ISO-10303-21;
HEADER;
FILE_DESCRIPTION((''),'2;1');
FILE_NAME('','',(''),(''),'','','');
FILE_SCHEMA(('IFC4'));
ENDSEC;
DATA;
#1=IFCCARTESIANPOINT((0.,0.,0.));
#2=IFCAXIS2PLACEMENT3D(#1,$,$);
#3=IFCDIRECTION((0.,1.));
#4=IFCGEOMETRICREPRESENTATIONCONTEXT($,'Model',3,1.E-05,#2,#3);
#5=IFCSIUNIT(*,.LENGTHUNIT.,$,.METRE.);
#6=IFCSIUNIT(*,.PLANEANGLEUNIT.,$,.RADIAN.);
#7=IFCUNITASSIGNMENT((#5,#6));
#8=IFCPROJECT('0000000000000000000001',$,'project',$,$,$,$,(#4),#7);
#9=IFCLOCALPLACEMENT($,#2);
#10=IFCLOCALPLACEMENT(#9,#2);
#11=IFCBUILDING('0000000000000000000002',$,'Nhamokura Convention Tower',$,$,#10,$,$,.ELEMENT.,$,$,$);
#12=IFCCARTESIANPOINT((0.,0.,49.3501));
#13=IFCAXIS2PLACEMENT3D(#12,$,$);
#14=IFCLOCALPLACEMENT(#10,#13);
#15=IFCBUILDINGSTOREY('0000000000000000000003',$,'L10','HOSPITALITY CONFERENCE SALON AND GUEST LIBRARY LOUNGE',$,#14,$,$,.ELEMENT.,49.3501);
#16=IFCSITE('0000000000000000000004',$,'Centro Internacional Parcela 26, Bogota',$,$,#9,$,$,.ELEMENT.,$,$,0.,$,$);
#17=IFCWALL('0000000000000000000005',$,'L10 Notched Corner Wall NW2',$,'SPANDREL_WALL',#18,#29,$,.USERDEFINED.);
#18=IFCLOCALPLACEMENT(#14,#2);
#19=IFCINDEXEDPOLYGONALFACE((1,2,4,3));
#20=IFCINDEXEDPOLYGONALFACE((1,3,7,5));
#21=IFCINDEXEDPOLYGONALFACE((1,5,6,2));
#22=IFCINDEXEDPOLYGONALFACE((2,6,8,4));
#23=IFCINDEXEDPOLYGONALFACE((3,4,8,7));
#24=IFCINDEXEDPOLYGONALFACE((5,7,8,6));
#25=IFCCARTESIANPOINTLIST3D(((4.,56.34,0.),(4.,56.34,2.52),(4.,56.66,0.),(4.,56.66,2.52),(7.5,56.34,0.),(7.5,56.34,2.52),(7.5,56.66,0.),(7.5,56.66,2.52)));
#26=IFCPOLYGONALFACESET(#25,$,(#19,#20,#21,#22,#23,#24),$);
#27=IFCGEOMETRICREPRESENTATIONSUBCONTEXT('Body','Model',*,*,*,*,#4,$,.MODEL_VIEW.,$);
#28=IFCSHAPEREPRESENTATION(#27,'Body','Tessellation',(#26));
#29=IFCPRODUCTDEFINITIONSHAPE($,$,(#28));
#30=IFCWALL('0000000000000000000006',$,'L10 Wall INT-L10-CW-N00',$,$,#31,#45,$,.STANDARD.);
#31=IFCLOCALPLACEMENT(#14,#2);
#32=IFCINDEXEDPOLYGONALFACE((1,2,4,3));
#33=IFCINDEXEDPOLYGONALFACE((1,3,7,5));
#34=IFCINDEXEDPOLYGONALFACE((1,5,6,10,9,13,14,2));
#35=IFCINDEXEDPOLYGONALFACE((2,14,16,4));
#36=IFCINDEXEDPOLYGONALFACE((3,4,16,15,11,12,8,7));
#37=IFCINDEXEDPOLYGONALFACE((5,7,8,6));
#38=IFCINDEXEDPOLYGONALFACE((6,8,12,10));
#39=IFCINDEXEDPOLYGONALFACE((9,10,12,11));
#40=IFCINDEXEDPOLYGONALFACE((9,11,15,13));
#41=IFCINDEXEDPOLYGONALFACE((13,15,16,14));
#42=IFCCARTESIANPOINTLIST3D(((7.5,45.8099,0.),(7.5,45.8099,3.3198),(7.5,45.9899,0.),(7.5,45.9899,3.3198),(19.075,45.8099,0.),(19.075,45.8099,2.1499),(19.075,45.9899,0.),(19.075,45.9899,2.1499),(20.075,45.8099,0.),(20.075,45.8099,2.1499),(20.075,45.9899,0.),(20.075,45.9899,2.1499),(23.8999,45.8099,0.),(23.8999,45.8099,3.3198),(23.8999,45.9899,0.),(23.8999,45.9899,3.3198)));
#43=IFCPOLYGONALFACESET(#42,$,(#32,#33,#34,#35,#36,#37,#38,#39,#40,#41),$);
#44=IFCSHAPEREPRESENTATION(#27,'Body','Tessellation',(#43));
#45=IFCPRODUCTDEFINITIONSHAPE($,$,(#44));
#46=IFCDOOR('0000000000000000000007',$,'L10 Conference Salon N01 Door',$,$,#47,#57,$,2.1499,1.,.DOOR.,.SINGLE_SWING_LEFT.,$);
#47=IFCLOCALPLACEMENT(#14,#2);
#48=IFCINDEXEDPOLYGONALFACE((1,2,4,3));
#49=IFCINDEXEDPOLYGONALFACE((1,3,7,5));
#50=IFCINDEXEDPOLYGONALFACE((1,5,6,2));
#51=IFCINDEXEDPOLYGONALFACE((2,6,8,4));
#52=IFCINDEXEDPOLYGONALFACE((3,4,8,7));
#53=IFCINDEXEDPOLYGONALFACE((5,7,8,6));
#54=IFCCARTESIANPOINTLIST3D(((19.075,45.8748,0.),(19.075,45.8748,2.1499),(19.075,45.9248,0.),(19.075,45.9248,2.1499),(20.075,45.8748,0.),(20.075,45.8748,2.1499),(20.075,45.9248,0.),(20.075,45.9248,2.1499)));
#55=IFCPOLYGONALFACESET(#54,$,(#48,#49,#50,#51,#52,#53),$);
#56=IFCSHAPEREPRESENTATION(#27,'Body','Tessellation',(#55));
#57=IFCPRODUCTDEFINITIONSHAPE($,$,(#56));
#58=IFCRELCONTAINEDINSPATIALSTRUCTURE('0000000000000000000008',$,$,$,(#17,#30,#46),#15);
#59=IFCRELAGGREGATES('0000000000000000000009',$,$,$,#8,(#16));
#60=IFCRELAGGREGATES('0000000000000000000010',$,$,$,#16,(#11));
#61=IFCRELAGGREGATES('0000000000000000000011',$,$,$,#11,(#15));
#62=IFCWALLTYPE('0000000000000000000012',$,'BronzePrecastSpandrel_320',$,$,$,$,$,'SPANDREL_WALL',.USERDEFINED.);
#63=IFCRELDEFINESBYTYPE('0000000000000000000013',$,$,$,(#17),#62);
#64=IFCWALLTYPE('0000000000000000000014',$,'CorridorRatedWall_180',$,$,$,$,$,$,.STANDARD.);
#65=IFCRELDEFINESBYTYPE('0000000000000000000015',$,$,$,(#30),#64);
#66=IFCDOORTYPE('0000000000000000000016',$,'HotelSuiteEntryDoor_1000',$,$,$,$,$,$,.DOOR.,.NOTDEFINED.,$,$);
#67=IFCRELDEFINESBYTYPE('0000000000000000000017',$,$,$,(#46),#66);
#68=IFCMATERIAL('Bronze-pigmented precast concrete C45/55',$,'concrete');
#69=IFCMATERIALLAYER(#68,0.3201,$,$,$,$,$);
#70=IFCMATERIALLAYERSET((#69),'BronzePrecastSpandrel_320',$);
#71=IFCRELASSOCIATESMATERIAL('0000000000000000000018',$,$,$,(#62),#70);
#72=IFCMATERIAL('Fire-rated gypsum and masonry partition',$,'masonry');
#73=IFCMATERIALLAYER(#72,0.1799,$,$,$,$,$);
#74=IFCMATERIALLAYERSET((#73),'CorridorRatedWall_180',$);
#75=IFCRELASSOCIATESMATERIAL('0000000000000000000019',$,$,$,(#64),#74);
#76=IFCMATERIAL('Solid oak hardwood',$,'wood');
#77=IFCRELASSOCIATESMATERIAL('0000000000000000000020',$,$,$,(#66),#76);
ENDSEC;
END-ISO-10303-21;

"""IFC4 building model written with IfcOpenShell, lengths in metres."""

from ifc_helpers import new_model, si_unit, direction, frame, frame_2d, origin, place, context, subcontext, project, spatial, rectangle, extrude, material, layer, layer_set, type_object, element, fill, save


model = new_model("IFC4")

# Units and contexts
model_context = context("Model", 3, precision=1e-05, world=origin(), true_north=direction((0.0, 1.0)))
body_context = subcontext(model_context, "Body", "Model", "MODEL_VIEW")
ifc_project = project(units=[si_unit("LENGTHUNIT", "METRE"), si_unit("PLANEANGLEUNIT", "RADIAN")], contexts=[model_context])

# Site, building, storey
site_placement = place(None, origin())
site = spatial("IfcSite", under=ifc_project, at=site_placement, Name="Centro Internacional Parcela 26, Bogota", CompositionType="ELEMENT", RefElevation=0.0)
building_placement = place(site_placement, origin())
building = spatial("IfcBuilding", under=site, at=building_placement, Name="Nhamokura Convention Tower", CompositionType="ELEMENT")
storey_placement = place(building_placement, frame((0.0, 0.0, 49.3501)))
storey = spatial("IfcBuildingStorey", under=building, at=storey_placement, Name="L10", Description="HOSPITALITY CONFERENCE SALON AND GUEST LIBRARY LOUNGE", CompositionType="ELEMENT", Elevation=49.3501)

# Wall
ifc_material_1 = material(Name="Bronze-pigmented precast concrete C45/55", Category="concrete")
ifc_layer_1 = layer(ifc_material_1, 0.3201)
ifc_layer_set_1 = layer_set([ifc_layer_1], Name="BronzePrecastSpandrel_320")
wall_type_1 = type_object("IfcWallType", Name="BronzePrecastSpandrel_320", ElementType="SPANDREL_WALL", PredefinedType="USERDEFINED", material=ifc_layer_set_1)
for number, where, z_axis, x_axis, name in (
    (1, (4.0, 56.5, 0.0), (0.0, 0.0, 1.0), (1.0, 0.0, 0.0), "L10 Notched Corner Wall NW2"),
):
    element("IfcWall", number, at=place(storey_placement, frame(where, z_axis=z_axis, x_axis=x_axis)), inside=storey, type_object=wall_type_1, Name=name, ObjectType="SPANDREL_WALL", PredefinedType="USERDEFINED", context=body_context, shape_type="SweptSolid", body=[
        extrude(rectangle(XDim=3.5, YDim=0.3201, at=frame_2d((1.75, 0.0))), origin(), (0.0, 0.0, 1.0), 2.52),
    ])

# Wall, opening, door
ifc_material_2 = material(Name="Fire-rated gypsum and masonry partition", Category="masonry")
ifc_layer_2 = layer(ifc_material_2, 0.1799)
ifc_layer_set_2 = layer_set([ifc_layer_2], Name="CorridorRatedWall_180")
wall_type_2 = type_object("IfcWallType", Name="CorridorRatedWall_180", PredefinedType="STANDARD", material=ifc_layer_set_2)
wall_placement = place(storey_placement, frame((7.5, 45.8999, 0.0), z_axis=(0.0, 0.0, 1.0), x_axis=(1.0, 0.0, 0.0)))
wall = element("IfcWall", 2, at=wall_placement, inside=storey, type_object=wall_type_2, Name="L10 Wall INT-L10-CW-N00", PredefinedType="STANDARD", context=body_context, shape_type="SweptSolid", body=[
    extrude(rectangle(XDim=16.3999, YDim=0.1799, at=frame_2d((8.2, 0.0))), origin(), (0.0, 0.0, 1.0), 3.3198),
])
opening_placement = place(wall_placement, frame((11.575, 0.0, 0.0)))
opening = element("IfcOpeningElement", 3, at=opening_placement, cuts=wall, PredefinedType="OPENING", context=body_context, shape_type="SweptSolid", body=[
    extrude(rectangle(XDim=1.0, YDim=2.1499, at=frame_2d((0.5, 1.075))), frame((0.0, 0.0999, 0.0), z_axis=(0.0, -1.0, 0.0), x_axis=(1.0, 0.0, 0.0)), (0.0, 0.0, 1.0), 0.2),
])
ifc_material_3 = material(Name="Solid oak hardwood", Category="wood")
door_type = type_object("IfcDoorType", Name="HotelSuiteEntryDoor_1000", OperationType="NOTDEFINED", PredefinedType="DOOR", material=ifc_material_3)
door_placement = place(opening_placement, origin())
door = element("IfcDoor", 4, at=door_placement, inside=storey, type_object=door_type, Name="L10 Conference Salon N01 Door", OperationType="SINGLE_SWING_LEFT", OverallHeight=2.1499, OverallWidth=1.0, PredefinedType="DOOR", context=body_context, shape_type="SweptSolid", body=[
    extrude(rectangle(XDim=1.0, YDim=2.1499, at=frame_2d((0.5, 1.075))), frame((0.0, 0.0249, 0.0), z_axis=(0.0, -1.0, 0.0), x_axis=(1.0, 0.0, 0.0)), (0.0, 0.0, 1.0), 0.05),
])
fill(opening, door)

save(model, "model.ifc")
